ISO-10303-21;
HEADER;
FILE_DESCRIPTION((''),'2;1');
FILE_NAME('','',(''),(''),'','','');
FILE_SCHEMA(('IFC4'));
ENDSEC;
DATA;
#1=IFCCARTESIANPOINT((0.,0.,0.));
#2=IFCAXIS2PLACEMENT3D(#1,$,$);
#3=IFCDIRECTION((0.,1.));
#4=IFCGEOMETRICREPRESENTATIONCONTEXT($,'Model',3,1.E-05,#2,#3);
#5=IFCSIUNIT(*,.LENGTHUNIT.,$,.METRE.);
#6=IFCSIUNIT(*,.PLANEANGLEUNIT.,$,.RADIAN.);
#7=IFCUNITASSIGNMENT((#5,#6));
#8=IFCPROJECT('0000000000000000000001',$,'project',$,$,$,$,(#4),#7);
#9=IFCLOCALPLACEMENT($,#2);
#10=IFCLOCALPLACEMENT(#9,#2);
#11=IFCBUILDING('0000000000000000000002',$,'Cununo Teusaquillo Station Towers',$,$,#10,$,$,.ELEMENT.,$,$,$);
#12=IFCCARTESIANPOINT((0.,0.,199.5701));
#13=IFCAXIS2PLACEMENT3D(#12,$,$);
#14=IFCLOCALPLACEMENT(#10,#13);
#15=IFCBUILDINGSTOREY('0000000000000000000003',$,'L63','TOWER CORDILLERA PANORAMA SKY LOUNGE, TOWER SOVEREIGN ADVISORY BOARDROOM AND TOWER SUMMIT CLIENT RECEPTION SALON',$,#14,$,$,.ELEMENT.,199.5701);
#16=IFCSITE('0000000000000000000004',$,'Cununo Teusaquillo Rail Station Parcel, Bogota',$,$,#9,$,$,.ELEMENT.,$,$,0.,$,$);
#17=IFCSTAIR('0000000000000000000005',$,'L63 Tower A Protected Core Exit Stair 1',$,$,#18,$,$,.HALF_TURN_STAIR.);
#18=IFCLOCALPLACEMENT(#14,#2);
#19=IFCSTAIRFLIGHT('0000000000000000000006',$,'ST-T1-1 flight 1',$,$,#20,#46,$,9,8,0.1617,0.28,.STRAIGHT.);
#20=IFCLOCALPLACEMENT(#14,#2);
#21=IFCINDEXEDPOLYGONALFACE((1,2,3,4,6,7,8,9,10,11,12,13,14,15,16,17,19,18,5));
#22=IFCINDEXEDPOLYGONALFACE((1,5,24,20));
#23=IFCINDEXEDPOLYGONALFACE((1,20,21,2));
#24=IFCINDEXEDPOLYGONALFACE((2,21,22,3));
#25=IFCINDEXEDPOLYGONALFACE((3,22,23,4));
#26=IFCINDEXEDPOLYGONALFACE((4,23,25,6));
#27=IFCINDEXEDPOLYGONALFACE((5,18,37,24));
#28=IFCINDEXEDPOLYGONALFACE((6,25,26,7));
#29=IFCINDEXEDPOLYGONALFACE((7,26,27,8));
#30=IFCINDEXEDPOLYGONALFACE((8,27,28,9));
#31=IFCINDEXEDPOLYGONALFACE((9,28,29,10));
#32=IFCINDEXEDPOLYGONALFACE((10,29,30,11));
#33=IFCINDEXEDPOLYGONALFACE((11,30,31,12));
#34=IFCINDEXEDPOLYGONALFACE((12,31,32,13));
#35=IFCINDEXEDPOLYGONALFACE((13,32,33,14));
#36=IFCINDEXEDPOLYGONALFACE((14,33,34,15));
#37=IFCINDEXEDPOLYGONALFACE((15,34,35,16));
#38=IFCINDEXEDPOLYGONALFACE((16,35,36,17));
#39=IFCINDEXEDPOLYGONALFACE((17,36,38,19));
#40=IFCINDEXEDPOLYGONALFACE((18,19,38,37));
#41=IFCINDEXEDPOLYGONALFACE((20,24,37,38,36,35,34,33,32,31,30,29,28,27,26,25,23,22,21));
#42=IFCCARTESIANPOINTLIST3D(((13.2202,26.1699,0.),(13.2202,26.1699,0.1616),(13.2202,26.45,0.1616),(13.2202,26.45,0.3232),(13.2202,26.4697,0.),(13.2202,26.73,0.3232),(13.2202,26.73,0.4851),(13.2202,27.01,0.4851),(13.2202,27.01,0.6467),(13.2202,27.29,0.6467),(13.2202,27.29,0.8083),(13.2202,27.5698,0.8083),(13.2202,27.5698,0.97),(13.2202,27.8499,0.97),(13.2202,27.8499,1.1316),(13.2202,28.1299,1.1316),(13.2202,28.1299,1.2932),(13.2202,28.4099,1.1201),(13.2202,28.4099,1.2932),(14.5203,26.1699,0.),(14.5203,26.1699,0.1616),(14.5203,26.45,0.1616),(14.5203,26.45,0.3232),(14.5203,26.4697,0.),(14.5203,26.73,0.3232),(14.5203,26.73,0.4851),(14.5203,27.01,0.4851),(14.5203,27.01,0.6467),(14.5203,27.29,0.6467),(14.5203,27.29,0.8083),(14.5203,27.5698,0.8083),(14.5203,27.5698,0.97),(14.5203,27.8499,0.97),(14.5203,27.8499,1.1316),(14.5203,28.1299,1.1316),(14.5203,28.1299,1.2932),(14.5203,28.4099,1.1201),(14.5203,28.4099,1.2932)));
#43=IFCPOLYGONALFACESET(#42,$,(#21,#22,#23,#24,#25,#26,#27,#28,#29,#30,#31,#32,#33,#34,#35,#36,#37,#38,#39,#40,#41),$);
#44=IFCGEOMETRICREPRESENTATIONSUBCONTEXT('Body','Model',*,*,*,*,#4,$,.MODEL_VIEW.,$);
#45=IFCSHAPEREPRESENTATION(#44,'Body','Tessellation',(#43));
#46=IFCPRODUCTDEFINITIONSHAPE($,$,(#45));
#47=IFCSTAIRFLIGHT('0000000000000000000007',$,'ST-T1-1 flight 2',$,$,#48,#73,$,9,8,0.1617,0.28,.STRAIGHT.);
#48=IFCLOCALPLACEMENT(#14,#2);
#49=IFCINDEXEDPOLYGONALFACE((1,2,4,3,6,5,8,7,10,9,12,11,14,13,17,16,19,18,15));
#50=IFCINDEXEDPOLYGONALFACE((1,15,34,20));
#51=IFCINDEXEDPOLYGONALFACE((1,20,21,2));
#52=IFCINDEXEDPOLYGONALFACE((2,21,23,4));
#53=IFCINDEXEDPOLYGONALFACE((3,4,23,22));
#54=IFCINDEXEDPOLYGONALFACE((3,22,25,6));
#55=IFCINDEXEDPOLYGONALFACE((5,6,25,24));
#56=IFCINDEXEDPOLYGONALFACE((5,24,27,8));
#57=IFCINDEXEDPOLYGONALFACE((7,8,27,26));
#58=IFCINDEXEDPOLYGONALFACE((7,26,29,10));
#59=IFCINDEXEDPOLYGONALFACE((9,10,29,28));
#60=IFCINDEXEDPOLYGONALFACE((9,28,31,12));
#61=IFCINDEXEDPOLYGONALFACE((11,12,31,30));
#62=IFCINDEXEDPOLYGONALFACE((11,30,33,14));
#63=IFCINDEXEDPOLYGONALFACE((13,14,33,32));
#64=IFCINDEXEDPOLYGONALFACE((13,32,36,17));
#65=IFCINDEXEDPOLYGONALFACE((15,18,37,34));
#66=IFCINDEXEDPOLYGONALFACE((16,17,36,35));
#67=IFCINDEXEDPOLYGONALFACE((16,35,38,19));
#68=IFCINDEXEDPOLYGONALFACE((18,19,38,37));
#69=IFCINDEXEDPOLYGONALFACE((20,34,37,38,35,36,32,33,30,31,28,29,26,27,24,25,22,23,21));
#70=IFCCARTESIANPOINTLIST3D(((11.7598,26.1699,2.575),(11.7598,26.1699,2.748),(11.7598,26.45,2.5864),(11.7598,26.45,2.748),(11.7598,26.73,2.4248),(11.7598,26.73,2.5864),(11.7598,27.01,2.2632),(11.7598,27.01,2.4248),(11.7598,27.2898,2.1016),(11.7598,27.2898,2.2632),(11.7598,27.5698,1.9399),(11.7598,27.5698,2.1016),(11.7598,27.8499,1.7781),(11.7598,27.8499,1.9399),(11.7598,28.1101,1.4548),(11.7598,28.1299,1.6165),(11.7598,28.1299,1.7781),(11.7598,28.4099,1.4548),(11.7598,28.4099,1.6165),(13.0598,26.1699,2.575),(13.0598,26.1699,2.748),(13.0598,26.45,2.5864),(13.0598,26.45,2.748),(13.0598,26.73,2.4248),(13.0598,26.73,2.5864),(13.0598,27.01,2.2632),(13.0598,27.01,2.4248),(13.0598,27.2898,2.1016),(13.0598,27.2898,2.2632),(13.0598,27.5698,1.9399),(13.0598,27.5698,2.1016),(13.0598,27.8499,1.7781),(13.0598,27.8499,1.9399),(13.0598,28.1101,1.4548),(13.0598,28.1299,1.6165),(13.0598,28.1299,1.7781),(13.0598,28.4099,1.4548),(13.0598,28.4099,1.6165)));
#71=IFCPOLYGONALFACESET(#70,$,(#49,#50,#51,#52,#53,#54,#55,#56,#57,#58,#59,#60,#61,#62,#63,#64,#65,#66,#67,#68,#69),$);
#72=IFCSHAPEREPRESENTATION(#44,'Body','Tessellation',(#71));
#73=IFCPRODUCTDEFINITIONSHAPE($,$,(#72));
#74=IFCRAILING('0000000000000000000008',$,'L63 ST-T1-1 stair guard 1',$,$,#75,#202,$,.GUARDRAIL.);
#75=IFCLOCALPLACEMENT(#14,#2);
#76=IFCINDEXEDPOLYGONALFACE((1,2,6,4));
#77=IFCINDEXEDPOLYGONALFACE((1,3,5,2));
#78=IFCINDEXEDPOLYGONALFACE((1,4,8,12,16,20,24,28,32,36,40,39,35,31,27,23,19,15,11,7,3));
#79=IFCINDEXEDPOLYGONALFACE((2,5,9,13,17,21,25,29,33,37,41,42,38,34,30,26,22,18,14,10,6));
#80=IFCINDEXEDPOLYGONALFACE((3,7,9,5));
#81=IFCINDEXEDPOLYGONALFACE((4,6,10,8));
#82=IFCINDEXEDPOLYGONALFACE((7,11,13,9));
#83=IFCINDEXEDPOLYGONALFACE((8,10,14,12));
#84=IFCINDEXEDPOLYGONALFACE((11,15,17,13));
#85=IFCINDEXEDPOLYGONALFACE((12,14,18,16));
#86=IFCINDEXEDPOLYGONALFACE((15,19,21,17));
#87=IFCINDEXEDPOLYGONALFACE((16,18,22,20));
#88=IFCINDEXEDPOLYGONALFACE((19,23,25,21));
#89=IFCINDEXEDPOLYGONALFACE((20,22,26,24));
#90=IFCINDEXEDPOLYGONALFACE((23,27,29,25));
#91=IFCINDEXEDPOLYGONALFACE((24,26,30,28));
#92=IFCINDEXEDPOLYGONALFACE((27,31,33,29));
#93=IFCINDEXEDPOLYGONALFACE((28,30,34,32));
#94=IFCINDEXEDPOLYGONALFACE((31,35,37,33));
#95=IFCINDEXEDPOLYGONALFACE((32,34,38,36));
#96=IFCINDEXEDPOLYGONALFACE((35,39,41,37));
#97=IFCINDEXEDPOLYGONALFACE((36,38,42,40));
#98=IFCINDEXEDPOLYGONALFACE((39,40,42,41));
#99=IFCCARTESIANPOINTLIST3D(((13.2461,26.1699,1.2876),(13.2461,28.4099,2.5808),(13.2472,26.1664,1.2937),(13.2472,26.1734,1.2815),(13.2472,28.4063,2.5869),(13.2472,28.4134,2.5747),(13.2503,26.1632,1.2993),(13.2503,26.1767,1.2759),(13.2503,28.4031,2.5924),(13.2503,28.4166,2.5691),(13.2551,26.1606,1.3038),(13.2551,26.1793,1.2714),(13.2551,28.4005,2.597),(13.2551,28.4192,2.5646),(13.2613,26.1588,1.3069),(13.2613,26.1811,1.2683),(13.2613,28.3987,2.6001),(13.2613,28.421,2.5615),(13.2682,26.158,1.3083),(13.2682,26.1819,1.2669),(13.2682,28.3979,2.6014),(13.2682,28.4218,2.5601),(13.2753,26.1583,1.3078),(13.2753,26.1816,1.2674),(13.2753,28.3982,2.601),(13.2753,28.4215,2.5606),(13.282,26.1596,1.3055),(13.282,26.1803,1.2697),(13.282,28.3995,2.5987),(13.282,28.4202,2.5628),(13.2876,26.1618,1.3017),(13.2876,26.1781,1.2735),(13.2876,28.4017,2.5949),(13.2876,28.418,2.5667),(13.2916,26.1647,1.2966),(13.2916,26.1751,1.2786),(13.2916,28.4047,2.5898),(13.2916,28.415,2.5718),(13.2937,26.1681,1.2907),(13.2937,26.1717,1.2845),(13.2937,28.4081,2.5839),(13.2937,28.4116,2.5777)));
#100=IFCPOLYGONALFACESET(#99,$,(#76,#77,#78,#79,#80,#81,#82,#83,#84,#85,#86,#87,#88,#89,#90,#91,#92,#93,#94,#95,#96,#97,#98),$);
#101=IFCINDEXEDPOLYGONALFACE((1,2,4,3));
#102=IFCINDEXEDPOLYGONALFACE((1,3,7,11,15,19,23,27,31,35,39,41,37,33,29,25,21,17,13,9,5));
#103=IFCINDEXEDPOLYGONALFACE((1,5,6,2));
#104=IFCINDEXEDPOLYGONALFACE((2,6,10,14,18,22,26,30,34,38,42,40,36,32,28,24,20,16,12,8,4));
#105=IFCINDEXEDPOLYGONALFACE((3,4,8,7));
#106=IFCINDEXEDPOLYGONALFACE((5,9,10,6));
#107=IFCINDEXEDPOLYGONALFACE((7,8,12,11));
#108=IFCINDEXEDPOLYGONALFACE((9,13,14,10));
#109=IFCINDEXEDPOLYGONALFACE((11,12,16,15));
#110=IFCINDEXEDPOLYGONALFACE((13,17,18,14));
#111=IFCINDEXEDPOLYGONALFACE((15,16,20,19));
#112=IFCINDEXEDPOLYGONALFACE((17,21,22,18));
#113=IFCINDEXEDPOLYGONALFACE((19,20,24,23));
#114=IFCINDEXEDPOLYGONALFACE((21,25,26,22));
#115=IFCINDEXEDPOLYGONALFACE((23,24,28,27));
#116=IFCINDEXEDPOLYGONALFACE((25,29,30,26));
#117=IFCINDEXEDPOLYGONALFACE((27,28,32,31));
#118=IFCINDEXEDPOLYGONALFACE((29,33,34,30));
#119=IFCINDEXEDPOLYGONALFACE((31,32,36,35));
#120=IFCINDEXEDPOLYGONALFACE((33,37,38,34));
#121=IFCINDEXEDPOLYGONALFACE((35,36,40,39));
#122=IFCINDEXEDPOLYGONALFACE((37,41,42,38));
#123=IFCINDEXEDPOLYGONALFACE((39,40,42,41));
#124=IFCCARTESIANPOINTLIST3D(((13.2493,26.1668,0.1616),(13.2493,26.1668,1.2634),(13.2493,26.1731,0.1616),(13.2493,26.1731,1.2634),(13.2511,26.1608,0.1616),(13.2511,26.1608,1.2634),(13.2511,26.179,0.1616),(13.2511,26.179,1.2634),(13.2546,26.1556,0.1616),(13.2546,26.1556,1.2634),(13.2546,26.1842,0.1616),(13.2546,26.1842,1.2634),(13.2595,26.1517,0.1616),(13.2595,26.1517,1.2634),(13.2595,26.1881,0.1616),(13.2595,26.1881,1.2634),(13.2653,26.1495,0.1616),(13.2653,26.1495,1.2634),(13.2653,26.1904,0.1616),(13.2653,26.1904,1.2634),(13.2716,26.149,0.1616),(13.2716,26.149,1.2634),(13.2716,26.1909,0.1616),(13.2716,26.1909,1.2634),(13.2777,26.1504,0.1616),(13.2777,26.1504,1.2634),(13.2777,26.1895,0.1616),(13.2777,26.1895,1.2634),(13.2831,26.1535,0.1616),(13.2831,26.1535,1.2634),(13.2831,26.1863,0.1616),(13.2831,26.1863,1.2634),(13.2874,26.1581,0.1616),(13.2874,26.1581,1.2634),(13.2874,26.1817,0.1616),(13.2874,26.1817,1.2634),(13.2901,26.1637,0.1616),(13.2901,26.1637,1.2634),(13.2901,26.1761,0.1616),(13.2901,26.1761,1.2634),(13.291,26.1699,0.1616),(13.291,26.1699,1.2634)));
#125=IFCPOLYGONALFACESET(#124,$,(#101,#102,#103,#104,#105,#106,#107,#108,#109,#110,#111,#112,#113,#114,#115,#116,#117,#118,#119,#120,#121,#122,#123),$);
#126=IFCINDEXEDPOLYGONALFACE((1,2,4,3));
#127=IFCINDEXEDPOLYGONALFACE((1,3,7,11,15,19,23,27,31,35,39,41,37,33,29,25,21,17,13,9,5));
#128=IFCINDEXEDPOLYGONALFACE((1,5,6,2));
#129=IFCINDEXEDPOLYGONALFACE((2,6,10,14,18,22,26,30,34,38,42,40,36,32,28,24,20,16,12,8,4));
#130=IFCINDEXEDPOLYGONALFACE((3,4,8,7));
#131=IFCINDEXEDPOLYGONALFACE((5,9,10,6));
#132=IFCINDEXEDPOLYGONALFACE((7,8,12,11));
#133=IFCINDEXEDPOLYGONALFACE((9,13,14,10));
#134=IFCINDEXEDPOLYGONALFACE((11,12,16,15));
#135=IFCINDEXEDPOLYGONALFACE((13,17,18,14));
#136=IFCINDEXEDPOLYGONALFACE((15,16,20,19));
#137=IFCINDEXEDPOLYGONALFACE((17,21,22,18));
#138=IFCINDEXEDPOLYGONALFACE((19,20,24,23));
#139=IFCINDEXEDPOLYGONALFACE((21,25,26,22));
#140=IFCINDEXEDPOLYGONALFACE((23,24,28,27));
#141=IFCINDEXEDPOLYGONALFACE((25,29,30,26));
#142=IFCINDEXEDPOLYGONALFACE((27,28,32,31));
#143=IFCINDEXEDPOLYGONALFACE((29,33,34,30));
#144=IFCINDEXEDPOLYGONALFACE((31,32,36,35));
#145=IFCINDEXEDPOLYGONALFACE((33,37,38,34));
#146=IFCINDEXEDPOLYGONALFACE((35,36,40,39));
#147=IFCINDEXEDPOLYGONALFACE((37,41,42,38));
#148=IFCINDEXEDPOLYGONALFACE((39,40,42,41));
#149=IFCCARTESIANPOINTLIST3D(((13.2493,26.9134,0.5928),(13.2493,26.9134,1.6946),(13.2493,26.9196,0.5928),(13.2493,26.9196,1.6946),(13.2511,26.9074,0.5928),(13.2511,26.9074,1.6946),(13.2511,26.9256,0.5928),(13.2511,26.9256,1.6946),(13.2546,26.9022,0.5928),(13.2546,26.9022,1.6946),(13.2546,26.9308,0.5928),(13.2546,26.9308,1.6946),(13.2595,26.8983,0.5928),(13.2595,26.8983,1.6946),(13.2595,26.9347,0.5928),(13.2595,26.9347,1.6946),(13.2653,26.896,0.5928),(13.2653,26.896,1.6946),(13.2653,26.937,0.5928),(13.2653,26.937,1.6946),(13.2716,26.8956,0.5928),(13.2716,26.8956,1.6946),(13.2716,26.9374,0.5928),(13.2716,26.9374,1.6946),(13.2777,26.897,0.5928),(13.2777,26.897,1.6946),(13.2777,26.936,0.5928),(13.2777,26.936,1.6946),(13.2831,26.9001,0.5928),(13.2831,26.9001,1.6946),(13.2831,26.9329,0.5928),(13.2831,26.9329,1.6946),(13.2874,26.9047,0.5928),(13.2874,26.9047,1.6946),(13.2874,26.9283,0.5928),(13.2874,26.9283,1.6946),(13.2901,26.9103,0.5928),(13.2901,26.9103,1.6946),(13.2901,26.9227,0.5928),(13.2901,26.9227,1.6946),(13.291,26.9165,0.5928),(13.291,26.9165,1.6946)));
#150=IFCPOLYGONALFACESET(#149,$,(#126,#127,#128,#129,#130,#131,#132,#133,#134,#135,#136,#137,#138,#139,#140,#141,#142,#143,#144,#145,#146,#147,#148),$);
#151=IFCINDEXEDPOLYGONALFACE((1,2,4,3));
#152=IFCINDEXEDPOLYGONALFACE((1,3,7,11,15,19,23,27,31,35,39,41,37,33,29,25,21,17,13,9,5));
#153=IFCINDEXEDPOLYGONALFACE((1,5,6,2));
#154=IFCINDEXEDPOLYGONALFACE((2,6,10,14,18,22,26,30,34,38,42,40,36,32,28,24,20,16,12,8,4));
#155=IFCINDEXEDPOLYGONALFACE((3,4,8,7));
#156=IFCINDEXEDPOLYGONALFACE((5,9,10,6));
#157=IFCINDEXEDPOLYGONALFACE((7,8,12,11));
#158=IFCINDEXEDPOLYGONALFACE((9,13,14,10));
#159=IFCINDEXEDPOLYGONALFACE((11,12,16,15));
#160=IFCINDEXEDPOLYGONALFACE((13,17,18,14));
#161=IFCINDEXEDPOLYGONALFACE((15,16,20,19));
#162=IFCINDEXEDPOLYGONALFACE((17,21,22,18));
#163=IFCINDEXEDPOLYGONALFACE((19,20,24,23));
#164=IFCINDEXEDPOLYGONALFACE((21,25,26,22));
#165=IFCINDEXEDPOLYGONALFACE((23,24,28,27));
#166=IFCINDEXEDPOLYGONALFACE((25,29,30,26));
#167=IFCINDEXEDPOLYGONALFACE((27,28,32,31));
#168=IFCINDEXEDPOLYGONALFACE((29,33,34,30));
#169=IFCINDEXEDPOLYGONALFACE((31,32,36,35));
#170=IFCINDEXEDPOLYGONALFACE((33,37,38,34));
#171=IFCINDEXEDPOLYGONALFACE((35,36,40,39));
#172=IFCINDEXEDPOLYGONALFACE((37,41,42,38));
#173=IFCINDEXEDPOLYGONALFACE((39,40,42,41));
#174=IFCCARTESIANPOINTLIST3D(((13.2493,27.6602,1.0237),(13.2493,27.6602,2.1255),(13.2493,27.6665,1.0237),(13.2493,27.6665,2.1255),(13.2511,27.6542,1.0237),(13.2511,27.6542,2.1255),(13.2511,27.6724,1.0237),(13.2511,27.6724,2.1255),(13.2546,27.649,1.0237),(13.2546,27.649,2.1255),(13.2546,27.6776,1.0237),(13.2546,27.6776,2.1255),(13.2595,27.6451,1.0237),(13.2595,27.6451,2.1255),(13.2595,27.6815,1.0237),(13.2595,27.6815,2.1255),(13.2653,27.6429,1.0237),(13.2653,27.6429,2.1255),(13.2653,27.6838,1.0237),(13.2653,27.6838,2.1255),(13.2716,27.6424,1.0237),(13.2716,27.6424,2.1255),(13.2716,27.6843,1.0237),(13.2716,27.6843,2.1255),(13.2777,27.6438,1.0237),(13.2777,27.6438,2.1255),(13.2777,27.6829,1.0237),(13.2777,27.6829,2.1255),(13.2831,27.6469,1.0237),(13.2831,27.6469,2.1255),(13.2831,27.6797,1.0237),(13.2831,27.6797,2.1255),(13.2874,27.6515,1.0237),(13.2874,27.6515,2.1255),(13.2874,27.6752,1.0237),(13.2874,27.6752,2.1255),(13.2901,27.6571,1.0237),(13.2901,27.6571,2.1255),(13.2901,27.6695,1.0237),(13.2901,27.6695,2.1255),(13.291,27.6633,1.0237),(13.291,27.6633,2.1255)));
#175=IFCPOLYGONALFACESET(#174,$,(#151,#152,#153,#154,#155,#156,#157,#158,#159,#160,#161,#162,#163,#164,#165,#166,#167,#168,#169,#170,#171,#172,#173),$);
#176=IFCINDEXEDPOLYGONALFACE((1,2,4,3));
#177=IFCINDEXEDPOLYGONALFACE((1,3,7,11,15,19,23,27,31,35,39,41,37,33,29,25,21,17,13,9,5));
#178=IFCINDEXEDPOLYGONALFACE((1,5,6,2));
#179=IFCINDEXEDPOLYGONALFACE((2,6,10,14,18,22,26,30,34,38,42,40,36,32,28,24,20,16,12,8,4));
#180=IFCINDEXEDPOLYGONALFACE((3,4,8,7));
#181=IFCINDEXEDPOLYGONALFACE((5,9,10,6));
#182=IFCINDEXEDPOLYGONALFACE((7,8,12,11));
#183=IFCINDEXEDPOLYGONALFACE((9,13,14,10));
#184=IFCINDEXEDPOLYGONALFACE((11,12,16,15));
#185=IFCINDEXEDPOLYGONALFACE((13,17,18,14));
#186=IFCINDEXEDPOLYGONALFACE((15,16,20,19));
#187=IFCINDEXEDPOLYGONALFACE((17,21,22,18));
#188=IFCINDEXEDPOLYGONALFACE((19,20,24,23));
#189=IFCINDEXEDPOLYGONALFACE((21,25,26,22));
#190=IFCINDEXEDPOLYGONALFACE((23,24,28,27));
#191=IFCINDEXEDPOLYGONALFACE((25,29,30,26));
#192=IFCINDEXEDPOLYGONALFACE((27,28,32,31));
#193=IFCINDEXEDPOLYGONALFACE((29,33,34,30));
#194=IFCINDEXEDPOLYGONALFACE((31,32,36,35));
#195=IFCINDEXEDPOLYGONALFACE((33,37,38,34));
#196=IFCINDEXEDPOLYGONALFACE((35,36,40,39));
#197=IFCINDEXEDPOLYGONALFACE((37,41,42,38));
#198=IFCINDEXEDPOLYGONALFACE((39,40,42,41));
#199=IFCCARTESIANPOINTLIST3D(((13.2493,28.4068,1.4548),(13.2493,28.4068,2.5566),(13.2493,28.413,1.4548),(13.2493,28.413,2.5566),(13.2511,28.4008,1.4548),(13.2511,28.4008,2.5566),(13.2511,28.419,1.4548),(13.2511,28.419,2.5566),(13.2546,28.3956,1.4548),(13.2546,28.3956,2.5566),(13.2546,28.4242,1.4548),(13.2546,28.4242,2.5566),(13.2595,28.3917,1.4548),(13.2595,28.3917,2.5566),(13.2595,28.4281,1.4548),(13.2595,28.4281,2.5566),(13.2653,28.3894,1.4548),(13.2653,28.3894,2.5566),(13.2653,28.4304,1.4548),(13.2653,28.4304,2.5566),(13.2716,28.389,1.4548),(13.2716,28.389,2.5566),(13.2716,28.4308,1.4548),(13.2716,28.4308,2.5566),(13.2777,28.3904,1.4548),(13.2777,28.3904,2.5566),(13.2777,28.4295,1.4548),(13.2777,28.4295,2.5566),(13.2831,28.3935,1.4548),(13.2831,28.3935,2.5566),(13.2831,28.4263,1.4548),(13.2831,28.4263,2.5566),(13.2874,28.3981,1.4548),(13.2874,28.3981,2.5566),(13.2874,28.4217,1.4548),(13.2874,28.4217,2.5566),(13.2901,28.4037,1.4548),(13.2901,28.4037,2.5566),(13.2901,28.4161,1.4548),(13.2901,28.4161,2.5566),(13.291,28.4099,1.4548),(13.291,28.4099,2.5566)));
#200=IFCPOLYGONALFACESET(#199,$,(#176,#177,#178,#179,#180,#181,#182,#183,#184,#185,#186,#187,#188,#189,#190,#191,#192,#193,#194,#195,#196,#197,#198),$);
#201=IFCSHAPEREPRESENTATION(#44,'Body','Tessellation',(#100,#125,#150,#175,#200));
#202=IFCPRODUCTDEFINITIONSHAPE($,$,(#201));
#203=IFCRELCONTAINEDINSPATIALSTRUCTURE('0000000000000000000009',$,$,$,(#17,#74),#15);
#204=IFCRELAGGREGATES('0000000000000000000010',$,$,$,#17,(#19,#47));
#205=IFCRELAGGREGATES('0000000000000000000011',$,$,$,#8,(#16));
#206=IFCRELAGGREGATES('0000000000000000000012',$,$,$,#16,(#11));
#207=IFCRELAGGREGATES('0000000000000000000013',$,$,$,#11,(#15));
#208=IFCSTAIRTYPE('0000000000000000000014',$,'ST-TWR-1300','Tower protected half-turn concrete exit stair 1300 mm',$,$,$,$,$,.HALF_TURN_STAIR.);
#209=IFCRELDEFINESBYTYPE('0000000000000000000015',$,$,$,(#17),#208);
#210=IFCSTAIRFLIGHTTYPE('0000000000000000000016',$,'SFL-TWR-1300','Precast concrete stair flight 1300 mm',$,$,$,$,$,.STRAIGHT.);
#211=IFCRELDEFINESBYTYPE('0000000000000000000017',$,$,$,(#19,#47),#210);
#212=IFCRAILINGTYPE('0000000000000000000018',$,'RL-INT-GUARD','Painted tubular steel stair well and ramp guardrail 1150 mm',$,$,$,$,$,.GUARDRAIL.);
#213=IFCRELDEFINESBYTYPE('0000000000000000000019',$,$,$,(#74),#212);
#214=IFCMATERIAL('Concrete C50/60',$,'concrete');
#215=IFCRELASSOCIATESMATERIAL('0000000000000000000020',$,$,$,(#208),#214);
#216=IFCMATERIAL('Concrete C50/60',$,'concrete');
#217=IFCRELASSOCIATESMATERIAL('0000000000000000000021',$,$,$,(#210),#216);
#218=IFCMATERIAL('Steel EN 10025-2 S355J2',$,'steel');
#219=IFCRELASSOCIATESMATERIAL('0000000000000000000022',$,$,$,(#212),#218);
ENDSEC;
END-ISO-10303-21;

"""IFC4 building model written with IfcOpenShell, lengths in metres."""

from ifc_helpers import new_model, si_unit, direction, frame, origin, origin_2d, place, context, subcontext, project, spatial, polyline, circle, outline, extrude, material, type_object, element, aggregate, save


model = new_model("IFC4")

# Units and contexts
model_context = context("Model", 3, precision=1e-05, world=origin(), true_north=direction((0.0, 1.0)))
body_context = subcontext(model_context, "Body", "Model", "MODEL_VIEW")
ifc_project = project(units=[si_unit("LENGTHUNIT", "METRE"), si_unit("PLANEANGLEUNIT", "RADIAN")], contexts=[model_context])

# Site, building, storey
site_placement = place(None, origin())
site = spatial("IfcSite", under=ifc_project, at=site_placement, Name="Cununo Teusaquillo Rail Station Parcel, Bogota", CompositionType="ELEMENT", RefElevation=0.0)
building_placement = place(site_placement, origin())
building = spatial("IfcBuilding", under=site, at=building_placement, Name="Cununo Teusaquillo Station Towers", CompositionType="ELEMENT")
storey_placement = place(building_placement, frame((0.0, 0.0, 199.5701)))
storey = spatial("IfcBuildingStorey", under=building, at=storey_placement, Name="L63", Description="TOWER CORDILLERA PANORAMA SKY LOUNGE, TOWER SOVEREIGN ADVISORY BOARDROOM AND TOWER SUMMIT CLIENT RECEPTION SALON", CompositionType="ELEMENT", Elevation=199.5701)

# Stair, stair flights
ifc_material_1 = material(Name="Concrete C50/60", Category="concrete")
stair_type = type_object("IfcStairType", Name="ST-TWR-1300", Description="Tower protected half-turn concrete exit stair 1300 mm", PredefinedType="HALF_TURN_STAIR", material=ifc_material_1)
stair_placement = place(storey_placement, origin())
stair = element("IfcStair", 1, at=stair_placement, inside=storey, type_object=stair_type, Name="L63 Tower A Protected Core Exit Stair 1", PredefinedType="HALF_TURN_STAIR")
ifc_material_2 = material(Name="Concrete C50/60", Category="concrete")
stair_flight_type = type_object("IfcStairFlightType", Name="SFL-TWR-1300", Description="Precast concrete stair flight 1300 mm", PredefinedType="STRAIGHT", material=ifc_material_2)
stair_flight_1_placement = place(storey_placement, frame((13.8701, 26.1699, 0.0), z_axis=(0.0, 0.0, 1.0), x_axis=(0.0, 1.0, 0.0)))
stair_flight_1 = element("IfcStairFlight", 2, at=stair_flight_1_placement, type_object=stair_flight_type, Name="ST-T1-1 flight 1", NumberOfRisers=9, NumberOfTreads=8, PredefinedType="STRAIGHT", RiserHeight=0.1617, TreadLength=0.28, context=body_context, shape_type="SweptSolid", body=[
    extrude(outline(polyline([(0.0, 0.0), (0.0, 0.1616), (0.28, 0.1616), (0.28, 0.3232), (0.5601, 0.3232), (0.5601, 0.4851), (0.8401, 0.4851), (0.8401, 0.6467), (1.1201, 0.6467), (1.1201, 0.8083), (1.3999, 0.8083), (1.3999, 0.97), (1.6799, 0.97), (1.6799, 1.1316), (1.96, 1.1316), (1.96, 1.2932), (2.24, 1.2932), (2.24, 1.4551), (2.24, 1.1201), (0.2998, 0.0), (0.0, 0.0)])), frame((0.0, 0.6499, 0.0), z_axis=(0.0, -1.0, 0.0), x_axis=(1.0, 0.0, 0.0)), (0.0, 0.0, 1.0), 1.3),
])
stair_flight_2_placement = place(storey_placement, frame((12.4099, 28.4099, 1.4548), z_axis=(0.0, 0.0, 1.0), x_axis=(0.0, -1.0, 0.0)))
stair_flight_2 = element("IfcStairFlight", 3, at=stair_flight_2_placement, type_object=stair_flight_type, Name="ST-T1-1 flight 2", NumberOfRisers=9, NumberOfTreads=8, PredefinedType="STRAIGHT", RiserHeight=0.1617, TreadLength=0.28, context=body_context, shape_type="SweptSolid", body=[
    extrude(outline(polyline([(0.0, 0.0), (0.0, 0.1616), (0.28, 0.1616), (0.28, 0.3232), (0.5601, 0.3232), (0.5601, 0.4851), (0.8401, 0.4851), (0.8401, 0.6467), (1.1201, 0.6467), (1.1201, 0.8083), (1.3999, 0.8083), (1.3999, 0.97), (1.6799, 0.97), (1.6799, 1.1316), (1.96, 1.1316), (1.96, 1.2932), (2.24, 1.2932), (2.24, 1.4551), (2.24, 1.1201), (0.2998, 0.0), (0.0, 0.0)])), frame((0.0, 0.6499, 0.0), z_axis=(0.0, -1.0, 0.0), x_axis=(1.0, 0.0, 0.0)), (0.0, 0.0, 1.0), 1.3),
])
aggregate(stair, [stair_flight_1, stair_flight_2])

# Railing
ifc_material_3 = material(Name="Steel EN 10025-2 S355J2", Category="steel")
railing_type_1 = type_object("IfcRailingType", Name="RL-INT-GUARD", Description="Painted tubular steel stair well and ramp guardrail 1150 mm", PredefinedType="GUARDRAIL", material=ifc_material_3)
railing_1_placement = place(storey_placement, frame((13.27, 26.1699, 0.1616)))
element("IfcRailing", 4, at=railing_1_placement, inside=storey, type_object=railing_type_1, Name="L63 ST-T1-1 stair guard 1", PredefinedType="GUARDRAIL", context=body_context, shape_type="SweptSolid", body=[
    extrude(circle(Radius=0.0239, at=origin_2d()), frame((0.0, 0.0, 1.126), z_axis=(0.0, 0.866033, 0.499987), x_axis=(-1.0, 0.0, 0.0)), (0.0, 0.0, 1.0), 2.5864),
    extrude(circle(Radius=0.021, at=origin_2d()), origin(), (0.0, 0.0, 1.0), 1.1018),
    extrude(circle(Radius=0.021, at=origin_2d()), frame((0.0, 0.7466, 0.4312)), (0.0, 0.0, 1.0), 1.1018),
    extrude(circle(Radius=0.021, at=origin_2d()), frame((0.0, 1.4934, 0.8621)), (0.0, 0.0, 1.0), 1.1018),
    extrude(circle(Radius=0.021, at=origin_2d()), frame((0.0, 2.24, 1.2932)), (0.0, 0.0, 1.0), 1.1018),
])

save(model, "model.ifc")
